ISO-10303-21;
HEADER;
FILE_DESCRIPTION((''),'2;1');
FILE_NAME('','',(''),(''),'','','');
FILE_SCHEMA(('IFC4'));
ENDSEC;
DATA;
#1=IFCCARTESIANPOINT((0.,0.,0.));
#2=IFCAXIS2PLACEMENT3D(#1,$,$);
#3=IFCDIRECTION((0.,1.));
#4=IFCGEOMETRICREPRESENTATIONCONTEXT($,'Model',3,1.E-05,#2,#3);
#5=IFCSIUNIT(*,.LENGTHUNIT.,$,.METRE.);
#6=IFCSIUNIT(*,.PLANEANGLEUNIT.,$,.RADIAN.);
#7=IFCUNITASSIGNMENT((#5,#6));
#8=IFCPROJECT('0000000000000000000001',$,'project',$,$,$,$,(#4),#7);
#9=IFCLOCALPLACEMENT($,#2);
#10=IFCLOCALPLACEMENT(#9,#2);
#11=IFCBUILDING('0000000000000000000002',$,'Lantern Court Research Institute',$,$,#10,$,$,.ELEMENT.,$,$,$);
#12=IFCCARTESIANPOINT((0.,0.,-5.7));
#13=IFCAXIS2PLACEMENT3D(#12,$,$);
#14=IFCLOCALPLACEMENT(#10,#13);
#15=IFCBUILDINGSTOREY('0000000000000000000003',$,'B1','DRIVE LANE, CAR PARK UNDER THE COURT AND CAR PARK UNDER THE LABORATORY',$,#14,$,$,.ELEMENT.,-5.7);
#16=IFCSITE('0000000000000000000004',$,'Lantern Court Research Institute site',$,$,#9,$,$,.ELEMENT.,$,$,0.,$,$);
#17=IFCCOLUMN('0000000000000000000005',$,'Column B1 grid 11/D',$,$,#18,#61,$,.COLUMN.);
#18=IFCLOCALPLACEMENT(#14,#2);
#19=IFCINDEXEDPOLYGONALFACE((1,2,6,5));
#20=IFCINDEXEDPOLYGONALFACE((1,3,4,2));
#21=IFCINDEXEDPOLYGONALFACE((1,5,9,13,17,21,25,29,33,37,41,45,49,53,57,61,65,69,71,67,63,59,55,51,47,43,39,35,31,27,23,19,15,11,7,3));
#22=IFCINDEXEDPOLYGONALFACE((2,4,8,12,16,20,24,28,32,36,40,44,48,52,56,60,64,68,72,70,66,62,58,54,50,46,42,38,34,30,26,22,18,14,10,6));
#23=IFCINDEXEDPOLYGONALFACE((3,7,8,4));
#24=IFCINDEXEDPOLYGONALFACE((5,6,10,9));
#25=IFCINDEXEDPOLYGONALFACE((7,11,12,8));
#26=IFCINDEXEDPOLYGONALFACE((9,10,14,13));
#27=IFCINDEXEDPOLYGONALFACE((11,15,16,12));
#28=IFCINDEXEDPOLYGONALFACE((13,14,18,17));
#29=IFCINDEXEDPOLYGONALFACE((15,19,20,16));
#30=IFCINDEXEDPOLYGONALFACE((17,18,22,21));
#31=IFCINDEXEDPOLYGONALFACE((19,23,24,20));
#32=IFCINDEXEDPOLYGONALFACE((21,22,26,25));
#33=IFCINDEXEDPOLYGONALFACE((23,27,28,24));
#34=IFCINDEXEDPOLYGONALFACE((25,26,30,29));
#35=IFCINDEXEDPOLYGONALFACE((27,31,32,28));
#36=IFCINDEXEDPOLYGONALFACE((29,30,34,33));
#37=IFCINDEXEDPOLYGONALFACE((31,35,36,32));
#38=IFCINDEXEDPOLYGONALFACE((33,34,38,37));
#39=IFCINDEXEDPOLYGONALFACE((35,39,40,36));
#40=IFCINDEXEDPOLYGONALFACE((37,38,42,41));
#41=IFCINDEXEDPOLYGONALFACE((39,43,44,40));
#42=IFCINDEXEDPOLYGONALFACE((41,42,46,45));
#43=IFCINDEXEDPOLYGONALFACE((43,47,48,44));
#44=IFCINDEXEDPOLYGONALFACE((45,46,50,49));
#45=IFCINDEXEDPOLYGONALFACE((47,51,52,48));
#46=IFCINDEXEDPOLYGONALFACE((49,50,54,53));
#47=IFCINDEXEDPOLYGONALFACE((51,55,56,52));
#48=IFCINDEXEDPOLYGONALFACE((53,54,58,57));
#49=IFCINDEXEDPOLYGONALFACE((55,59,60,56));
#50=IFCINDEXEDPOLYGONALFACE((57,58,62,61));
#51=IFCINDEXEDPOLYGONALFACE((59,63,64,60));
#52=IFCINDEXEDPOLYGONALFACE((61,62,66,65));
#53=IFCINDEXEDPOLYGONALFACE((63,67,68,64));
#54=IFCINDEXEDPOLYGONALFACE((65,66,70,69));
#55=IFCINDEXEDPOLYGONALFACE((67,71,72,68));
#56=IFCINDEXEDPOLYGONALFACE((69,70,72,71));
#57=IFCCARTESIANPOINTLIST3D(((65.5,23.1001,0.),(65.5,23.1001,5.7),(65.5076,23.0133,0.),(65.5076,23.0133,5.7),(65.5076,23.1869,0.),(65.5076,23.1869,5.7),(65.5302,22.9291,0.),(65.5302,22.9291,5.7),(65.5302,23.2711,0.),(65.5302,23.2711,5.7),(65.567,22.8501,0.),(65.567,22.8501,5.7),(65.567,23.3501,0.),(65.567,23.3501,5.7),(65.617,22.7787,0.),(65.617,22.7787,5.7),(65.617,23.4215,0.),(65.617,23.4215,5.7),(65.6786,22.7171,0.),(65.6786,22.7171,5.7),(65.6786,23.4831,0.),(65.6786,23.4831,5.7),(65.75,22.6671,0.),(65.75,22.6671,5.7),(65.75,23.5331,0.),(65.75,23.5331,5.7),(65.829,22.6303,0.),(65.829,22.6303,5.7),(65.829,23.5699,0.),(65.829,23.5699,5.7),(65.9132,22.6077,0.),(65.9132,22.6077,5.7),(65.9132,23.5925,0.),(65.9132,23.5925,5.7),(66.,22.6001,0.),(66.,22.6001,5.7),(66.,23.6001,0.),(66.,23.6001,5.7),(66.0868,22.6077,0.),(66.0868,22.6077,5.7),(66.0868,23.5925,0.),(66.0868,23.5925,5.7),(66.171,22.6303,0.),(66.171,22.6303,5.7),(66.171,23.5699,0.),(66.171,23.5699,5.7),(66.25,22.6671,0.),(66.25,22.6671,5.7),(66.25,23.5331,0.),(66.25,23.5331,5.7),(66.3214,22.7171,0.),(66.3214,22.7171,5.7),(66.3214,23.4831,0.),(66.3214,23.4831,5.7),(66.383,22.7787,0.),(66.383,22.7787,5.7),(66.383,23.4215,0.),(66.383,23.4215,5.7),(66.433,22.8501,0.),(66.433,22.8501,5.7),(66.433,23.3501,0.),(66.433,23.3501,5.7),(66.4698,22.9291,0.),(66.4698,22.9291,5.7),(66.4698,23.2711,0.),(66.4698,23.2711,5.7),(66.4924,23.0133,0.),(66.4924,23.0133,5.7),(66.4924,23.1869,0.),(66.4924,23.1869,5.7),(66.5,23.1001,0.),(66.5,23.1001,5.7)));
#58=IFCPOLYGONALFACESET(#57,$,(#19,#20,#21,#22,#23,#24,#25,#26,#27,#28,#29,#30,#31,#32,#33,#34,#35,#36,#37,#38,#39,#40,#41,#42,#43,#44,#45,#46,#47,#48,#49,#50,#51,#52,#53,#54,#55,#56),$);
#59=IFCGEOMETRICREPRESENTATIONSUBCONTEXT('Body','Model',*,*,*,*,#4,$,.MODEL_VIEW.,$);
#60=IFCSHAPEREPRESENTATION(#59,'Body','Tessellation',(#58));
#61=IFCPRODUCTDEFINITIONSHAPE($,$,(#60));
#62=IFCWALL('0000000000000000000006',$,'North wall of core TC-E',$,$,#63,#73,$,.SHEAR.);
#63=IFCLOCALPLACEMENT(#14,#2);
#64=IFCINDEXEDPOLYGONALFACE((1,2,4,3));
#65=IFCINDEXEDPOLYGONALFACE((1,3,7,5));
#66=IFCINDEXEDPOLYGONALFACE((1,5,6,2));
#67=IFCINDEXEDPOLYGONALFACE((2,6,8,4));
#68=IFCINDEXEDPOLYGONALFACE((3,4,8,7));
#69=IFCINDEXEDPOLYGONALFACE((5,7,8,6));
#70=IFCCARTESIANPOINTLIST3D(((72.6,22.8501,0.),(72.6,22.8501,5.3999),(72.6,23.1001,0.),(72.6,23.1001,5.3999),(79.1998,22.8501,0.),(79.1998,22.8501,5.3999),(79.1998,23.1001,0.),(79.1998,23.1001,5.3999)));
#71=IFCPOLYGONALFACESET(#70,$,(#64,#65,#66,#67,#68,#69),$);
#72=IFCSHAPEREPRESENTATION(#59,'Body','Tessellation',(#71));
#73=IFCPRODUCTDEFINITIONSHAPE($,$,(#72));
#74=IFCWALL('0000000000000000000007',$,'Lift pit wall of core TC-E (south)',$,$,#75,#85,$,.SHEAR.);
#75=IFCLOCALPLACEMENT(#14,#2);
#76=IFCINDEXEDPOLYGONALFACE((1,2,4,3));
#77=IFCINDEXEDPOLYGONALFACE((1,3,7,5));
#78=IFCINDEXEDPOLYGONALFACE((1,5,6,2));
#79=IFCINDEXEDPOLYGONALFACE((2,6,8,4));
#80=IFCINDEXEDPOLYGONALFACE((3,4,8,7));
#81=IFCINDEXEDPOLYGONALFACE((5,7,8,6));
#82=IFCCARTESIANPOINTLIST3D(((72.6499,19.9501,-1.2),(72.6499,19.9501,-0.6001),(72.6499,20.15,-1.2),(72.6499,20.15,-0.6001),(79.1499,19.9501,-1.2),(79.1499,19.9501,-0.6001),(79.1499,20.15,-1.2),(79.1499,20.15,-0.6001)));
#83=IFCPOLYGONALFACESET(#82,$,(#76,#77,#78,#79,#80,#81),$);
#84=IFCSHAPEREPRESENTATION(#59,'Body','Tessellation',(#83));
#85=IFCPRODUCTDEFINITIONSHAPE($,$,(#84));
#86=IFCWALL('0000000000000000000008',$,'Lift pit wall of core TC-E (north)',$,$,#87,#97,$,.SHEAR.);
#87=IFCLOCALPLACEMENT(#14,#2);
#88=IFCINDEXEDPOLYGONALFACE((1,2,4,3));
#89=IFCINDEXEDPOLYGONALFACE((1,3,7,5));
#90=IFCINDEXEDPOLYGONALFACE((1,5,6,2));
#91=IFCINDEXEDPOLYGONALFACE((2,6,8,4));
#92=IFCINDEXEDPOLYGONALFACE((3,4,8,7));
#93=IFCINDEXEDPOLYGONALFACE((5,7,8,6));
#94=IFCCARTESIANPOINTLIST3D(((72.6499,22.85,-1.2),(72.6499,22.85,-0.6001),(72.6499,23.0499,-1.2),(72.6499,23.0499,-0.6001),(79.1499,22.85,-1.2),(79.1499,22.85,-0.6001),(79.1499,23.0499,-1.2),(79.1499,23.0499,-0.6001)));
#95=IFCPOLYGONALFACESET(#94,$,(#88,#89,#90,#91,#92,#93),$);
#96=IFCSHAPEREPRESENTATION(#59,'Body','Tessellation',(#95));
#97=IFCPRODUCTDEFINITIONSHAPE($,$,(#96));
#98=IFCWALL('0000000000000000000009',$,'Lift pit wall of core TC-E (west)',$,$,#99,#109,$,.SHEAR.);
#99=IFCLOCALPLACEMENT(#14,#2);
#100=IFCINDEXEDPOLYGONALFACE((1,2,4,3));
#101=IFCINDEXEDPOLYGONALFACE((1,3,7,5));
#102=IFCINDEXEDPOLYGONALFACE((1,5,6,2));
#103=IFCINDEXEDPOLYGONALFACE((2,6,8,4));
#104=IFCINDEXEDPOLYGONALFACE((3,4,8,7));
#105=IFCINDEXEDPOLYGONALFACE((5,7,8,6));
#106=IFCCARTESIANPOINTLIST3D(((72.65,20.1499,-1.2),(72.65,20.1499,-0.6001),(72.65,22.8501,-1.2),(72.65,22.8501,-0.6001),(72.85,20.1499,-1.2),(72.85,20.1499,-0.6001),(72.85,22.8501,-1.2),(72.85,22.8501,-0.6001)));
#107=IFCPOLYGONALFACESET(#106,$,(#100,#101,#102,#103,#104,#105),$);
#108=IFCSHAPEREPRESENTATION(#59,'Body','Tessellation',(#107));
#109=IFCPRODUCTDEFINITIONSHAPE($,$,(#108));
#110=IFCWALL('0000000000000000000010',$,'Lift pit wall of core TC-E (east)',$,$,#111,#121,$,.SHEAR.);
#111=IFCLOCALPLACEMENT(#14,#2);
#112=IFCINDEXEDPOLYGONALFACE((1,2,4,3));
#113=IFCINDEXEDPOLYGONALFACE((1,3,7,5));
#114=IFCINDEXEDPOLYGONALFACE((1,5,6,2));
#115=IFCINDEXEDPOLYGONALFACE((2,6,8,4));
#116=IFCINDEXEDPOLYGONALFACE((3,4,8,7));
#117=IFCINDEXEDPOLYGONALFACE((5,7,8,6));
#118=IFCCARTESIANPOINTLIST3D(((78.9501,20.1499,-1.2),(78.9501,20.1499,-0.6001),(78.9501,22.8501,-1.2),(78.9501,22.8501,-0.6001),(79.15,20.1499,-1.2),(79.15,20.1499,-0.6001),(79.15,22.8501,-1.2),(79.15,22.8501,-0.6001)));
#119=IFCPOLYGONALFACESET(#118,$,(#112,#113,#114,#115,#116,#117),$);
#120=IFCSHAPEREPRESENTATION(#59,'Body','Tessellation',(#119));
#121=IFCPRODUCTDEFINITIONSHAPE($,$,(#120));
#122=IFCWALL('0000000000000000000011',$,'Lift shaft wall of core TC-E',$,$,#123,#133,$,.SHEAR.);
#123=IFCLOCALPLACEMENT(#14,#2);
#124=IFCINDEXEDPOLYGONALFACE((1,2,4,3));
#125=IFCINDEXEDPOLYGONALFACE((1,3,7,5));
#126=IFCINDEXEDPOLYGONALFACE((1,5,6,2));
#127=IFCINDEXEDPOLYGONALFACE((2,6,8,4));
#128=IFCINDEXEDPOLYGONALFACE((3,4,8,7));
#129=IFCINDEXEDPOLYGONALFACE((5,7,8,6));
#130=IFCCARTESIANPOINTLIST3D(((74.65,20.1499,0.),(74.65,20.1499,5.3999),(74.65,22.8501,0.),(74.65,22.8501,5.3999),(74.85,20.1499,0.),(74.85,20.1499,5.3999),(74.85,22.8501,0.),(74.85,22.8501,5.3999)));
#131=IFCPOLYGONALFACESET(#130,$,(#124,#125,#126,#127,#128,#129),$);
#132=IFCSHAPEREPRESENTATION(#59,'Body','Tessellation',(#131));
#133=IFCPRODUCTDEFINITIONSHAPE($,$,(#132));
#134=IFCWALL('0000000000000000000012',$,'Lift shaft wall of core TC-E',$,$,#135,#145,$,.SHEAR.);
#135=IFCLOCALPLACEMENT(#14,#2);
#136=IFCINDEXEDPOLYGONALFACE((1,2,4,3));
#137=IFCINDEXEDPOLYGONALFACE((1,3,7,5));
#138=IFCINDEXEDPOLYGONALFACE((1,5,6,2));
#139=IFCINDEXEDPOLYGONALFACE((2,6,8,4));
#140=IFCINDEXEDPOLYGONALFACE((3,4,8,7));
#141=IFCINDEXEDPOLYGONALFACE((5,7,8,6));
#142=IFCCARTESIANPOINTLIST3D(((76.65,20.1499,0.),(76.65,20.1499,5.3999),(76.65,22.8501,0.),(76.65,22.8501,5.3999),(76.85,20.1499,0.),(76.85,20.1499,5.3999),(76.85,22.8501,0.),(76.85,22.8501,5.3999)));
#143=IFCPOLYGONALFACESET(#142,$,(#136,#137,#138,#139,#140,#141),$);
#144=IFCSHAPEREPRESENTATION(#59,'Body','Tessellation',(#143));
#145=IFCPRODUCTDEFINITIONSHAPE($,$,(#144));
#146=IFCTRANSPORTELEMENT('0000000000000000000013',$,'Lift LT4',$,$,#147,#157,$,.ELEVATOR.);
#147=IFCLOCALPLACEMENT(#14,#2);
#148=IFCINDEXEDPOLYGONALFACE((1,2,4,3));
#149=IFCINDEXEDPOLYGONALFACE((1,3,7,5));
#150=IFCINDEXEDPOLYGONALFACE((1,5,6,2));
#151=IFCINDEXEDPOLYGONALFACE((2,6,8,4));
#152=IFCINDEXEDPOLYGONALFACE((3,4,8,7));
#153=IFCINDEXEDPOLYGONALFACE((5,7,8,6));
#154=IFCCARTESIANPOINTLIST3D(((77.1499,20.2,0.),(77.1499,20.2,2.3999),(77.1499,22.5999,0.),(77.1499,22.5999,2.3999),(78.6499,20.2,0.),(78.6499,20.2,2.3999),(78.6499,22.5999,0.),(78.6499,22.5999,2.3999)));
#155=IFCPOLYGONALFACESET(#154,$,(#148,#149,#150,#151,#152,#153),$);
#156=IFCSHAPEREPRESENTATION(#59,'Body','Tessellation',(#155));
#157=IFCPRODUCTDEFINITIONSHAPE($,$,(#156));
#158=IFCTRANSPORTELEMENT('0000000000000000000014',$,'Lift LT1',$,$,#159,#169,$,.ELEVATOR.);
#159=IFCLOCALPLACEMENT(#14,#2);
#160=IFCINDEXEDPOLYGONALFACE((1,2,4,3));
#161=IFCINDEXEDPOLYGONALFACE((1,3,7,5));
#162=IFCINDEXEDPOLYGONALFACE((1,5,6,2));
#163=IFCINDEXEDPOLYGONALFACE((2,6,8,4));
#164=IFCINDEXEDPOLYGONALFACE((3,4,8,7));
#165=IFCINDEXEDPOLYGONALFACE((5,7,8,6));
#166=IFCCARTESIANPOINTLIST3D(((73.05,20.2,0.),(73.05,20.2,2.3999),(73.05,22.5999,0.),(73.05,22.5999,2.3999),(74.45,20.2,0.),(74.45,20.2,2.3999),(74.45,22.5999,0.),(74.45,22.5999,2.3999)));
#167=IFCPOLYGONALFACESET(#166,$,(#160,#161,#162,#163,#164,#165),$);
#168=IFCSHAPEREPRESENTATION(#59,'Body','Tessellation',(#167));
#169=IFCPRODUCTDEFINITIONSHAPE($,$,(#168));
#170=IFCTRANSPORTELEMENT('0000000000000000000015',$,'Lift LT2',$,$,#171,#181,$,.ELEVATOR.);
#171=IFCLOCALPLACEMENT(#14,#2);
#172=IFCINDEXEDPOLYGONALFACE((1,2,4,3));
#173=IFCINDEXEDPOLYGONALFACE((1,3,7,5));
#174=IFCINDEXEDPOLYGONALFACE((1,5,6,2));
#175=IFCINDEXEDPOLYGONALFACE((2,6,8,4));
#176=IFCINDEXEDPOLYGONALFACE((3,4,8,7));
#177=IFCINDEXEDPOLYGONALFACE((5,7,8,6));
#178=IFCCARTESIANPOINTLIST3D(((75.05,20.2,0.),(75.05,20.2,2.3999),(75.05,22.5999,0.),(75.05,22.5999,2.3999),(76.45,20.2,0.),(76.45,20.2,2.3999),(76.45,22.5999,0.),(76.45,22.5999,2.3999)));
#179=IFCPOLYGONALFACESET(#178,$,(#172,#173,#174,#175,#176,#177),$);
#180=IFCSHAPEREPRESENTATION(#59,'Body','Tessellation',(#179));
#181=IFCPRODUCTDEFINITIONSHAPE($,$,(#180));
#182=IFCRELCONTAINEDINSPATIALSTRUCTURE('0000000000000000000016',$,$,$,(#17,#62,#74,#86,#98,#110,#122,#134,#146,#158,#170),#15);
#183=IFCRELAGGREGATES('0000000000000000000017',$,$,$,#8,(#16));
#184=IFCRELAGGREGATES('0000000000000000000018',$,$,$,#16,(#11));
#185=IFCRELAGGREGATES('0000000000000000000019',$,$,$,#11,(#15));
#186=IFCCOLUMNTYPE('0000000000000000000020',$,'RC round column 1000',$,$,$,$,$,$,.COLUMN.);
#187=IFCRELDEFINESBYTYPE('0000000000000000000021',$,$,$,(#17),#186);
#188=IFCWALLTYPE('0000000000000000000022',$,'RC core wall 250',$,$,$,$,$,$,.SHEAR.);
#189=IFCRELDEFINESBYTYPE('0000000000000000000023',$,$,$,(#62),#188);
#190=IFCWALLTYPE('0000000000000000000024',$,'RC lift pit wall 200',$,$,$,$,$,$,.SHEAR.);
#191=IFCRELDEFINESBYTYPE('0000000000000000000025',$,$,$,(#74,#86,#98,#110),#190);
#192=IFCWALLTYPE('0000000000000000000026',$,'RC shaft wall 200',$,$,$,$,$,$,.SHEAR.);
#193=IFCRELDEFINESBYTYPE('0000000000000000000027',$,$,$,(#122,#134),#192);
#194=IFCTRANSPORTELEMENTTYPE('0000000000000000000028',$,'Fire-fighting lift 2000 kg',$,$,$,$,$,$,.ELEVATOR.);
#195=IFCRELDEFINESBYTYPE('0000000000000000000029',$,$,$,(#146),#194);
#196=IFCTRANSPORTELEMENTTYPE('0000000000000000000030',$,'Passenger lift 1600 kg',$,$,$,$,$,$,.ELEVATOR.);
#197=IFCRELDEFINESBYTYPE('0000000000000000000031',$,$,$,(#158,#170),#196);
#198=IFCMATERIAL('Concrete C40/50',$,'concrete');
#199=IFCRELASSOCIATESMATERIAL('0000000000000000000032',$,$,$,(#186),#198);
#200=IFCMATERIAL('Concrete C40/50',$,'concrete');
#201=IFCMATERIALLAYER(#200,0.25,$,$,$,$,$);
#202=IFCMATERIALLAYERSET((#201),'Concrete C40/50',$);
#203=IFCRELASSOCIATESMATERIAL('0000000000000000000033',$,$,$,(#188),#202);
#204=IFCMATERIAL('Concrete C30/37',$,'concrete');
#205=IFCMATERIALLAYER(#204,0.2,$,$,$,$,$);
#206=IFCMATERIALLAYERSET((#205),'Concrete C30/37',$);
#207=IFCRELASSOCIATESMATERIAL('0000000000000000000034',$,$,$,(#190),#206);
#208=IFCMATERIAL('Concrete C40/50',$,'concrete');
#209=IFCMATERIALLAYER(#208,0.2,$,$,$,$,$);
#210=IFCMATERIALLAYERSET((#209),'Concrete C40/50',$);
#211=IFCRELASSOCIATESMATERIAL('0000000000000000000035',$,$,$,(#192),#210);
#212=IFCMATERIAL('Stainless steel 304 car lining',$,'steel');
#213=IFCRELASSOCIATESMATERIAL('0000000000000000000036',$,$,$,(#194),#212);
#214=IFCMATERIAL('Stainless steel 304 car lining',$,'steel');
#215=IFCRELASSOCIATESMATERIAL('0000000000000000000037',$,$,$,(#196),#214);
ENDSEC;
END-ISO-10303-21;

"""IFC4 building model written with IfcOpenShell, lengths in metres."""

from ifc_helpers import new_model, si_unit, direction, frame, frame_2d, origin, origin_2d, place, context, subcontext, project, spatial, rectangle, circle, extrude, material, layer, layer_set, material_profile, profile_set, type_object, element, save


model = new_model("IFC4")

# Units and contexts
model_context = context("Model", 3, precision=1e-05, world=origin(), true_north=direction((0.0, 1.0)))
body_context = subcontext(model_context, "Body", "Model", "MODEL_VIEW")
ifc_project = project(units=[si_unit("LENGTHUNIT", "METRE"), si_unit("PLANEANGLEUNIT", "RADIAN")], contexts=[model_context])

# Site, building, storey
site_placement = place(None, origin())
site = spatial("IfcSite", under=ifc_project, at=site_placement, Name="Lantern Court Research Institute site", CompositionType="ELEMENT", RefElevation=0.0)
building_placement = place(site_placement, origin())
building = spatial("IfcBuilding", under=site, at=building_placement, Name="Lantern Court Research Institute", CompositionType="ELEMENT")
storey_placement = place(building_placement, frame((0.0, 0.0, -5.7)))
storey = spatial("IfcBuildingStorey", under=building, at=storey_placement, Name="B1", Description="DRIVE LANE, CAR PARK UNDER THE COURT AND CAR PARK UNDER THE LABORATORY", CompositionType="ELEMENT", Elevation=-5.7)

# Column
ifc_material_1 = material(Name="Concrete C40/50", Category="concrete")
ifc_material_profile_1 = material_profile(ifc_material_1, circle(Radius=0.5, at=origin_2d()), Name="RC round column 1000")
ifc_profile_set_1 = profile_set([ifc_material_profile_1], Name="Concrete C40/50")
column_type_1 = type_object("IfcColumnType", Name="RC round column 1000", PredefinedType="COLUMN", material=ifc_profile_set_1)
for number, where, z_axis, x_axis, name in (
    (1, (66.0, 23.1001, 0.0), (0.0, 0.0, 1.0), (1.0, 0.0, 0.0), "Column B1 grid 11/D"),
):
    element("IfcColumn", number, at=place(storey_placement, frame(where, z_axis=z_axis, x_axis=x_axis)), inside=storey, type_object=column_type_1, Name=name, PredefinedType="COLUMN", context=body_context, shape_type="SweptSolid", body=[
        extrude(circle(Radius=0.5, at=origin_2d()), origin(), (0.0, 0.0, 1.0), 5.7),
    ])

# Walls
ifc_material_2 = material(Name="Concrete C40/50", Category="concrete")
ifc_layer_1 = layer(ifc_material_2, 0.25)
ifc_layer_set_1 = layer_set([ifc_layer_1], Name="Concrete C40/50")
wall_type_1 = type_object("IfcWallType", Name="RC core wall 250", PredefinedType="SHEAR", material=ifc_layer_set_1)
wall_placement = place(storey_placement, frame((72.6001, 22.9751, 0.0), z_axis=(0.0, 0.0, 1.0), x_axis=(1.0, 0.0, 0.0)))
element("IfcWall", 2, at=wall_placement, inside=storey, type_object=wall_type_1, Name="North wall of core TC-E", PredefinedType="SHEAR", context=body_context, shape_type="SweptSolid", body=[
    extrude(rectangle(XDim=6.5999, YDim=0.25, at=frame_2d((3.2998, 0.0))), origin(), (0.0, 0.0, 1.0), 5.3999),
])
ifc_material_3 = material(Name="Concrete C30/37", Category="concrete")
ifc_layer_2 = layer(ifc_material_3, 0.2)
ifc_layer_set_2 = layer_set([ifc_layer_2], Name="Concrete C30/37")
wall_type_2 = type_object("IfcWallType", Name="RC lift pit wall 200", PredefinedType="SHEAR", material=ifc_layer_set_2)
for number, where, z_axis, x_axis, name in (
    (3, (72.6499, 20.05, -1.2), (0.0, 0.0, 1.0), (1.0, 0.0, 0.0), "Lift pit wall of core TC-E (south)"),
    (4, (72.6499, 22.95, -1.2), (0.0, 0.0, 1.0), (1.0, 0.0, 0.0), "Lift pit wall of core TC-E (north)"),
):
    element("IfcWall", number, at=place(storey_placement, frame(where, z_axis=z_axis, x_axis=x_axis)), inside=storey, type_object=wall_type_2, Name=name, PredefinedType="SHEAR", context=body_context, shape_type="SweptSolid", body=[
        extrude(rectangle(XDim=6.5, YDim=0.2, at=frame_2d((3.25, 0.0))), origin(), (0.0, 0.0, 1.0), 0.5999),
    ])
for number, where, z_axis, x_axis, name in (
    (5, (72.75, 20.1499, -1.2), (0.0, 0.0, 1.0), (0.0, 1.0, 0.0), "Lift pit wall of core TC-E (west)"),
    (6, (79.05, 20.1499, -1.2), (0.0, 0.0, 1.0), (0.0, 1.0, 0.0), "Lift pit wall of core TC-E (east)"),
):
    element("IfcWall", number, at=place(storey_placement, frame(where, z_axis=z_axis, x_axis=x_axis)), inside=storey, type_object=wall_type_2, Name=name, PredefinedType="SHEAR", context=body_context, shape_type="SweptSolid", body=[
        extrude(rectangle(XDim=2.7002, YDim=0.2, at=frame_2d((1.3501, 0.0))), origin(), (0.0, 0.0, 1.0), 0.5999),
    ])
ifc_material_4 = material(Name="Concrete C40/50", Category="concrete")
ifc_layer_3 = layer(ifc_material_4, 0.2)
ifc_layer_set_3 = layer_set([ifc_layer_3], Name="Concrete C40/50")
wall_type_3 = type_object("IfcWallType", Name="RC shaft wall 200", PredefinedType="SHEAR", material=ifc_layer_set_3)
for number, where, z_axis, x_axis, name in (
    (7, (74.75, 20.1499, 0.0), (0.0, 0.0, 1.0), (0.0, 1.0, 0.0), "Lift shaft wall of core TC-E"),
    (8, (76.75, 20.1499, 0.0), (0.0, 0.0, 1.0), (0.0, 1.0, 0.0), "Lift shaft wall of core TC-E"),
):
    element("IfcWall", number, at=place(storey_placement, frame(where, z_axis=z_axis, x_axis=x_axis)), inside=storey, type_object=wall_type_3, Name=name, PredefinedType="SHEAR", context=body_context, shape_type="SweptSolid", body=[
        extrude(rectangle(XDim=2.7002, YDim=0.2, at=frame_2d((1.3501, 0.0))), origin(), (0.0, 0.0, 1.0), 5.3999),
    ])

# Transport elements
ifc_material_5 = material(Name="Stainless steel 304 car lining", Category="steel")
transport_element_type_1 = type_object("IfcTransportElementType", Name="Fire-fighting lift 2000 kg", PredefinedType="ELEVATOR", material=ifc_material_5)
transport_element_placement = place(storey_placement, frame((77.8999, 21.3999, 0.0), z_axis=(0.0, 0.0, 1.0), x_axis=(1.0, 0.0, 0.0)))
element("IfcTransportElement", 9, at=transport_element_placement, inside=storey, type_object=transport_element_type_1, Name="Lift LT4", PredefinedType="ELEVATOR", context=body_context, shape_type="SweptSolid", body=[
    extrude(rectangle(XDim=1.5, YDim=2.3999, at=origin_2d()), origin(), (0.0, 0.0, 1.0), 2.3999),
])
ifc_material_6 = material(Name="Stainless steel 304 car lining", Category="steel")
transport_element_type_2 = type_object("IfcTransportElementType", Name="Passenger lift 1600 kg", PredefinedType="ELEVATOR", material=ifc_material_6)
for number, where, z_axis, x_axis, name in (
    (10, (73.75, 21.3999, 0.0), (0.0, 0.0, 1.0), (1.0, 0.0, 0.0), "Lift LT1"),
    (11, (75.75, 21.3999, 0.0), (0.0, 0.0, 1.0), (1.0, 0.0, 0.0), "Lift LT2"),
):
    element("IfcTransportElement", number, at=place(storey_placement, frame(where, z_axis=z_axis, x_axis=x_axis)), inside=storey, type_object=transport_element_type_2, Name=name, PredefinedType="ELEVATOR", context=body_context, shape_type="SweptSolid", body=[
        extrude(rectangle(XDim=1.3999, YDim=2.3999, at=origin_2d()), origin(), (0.0, 0.0, 1.0), 2.3999),
    ])

save(model, "model.ifc")
